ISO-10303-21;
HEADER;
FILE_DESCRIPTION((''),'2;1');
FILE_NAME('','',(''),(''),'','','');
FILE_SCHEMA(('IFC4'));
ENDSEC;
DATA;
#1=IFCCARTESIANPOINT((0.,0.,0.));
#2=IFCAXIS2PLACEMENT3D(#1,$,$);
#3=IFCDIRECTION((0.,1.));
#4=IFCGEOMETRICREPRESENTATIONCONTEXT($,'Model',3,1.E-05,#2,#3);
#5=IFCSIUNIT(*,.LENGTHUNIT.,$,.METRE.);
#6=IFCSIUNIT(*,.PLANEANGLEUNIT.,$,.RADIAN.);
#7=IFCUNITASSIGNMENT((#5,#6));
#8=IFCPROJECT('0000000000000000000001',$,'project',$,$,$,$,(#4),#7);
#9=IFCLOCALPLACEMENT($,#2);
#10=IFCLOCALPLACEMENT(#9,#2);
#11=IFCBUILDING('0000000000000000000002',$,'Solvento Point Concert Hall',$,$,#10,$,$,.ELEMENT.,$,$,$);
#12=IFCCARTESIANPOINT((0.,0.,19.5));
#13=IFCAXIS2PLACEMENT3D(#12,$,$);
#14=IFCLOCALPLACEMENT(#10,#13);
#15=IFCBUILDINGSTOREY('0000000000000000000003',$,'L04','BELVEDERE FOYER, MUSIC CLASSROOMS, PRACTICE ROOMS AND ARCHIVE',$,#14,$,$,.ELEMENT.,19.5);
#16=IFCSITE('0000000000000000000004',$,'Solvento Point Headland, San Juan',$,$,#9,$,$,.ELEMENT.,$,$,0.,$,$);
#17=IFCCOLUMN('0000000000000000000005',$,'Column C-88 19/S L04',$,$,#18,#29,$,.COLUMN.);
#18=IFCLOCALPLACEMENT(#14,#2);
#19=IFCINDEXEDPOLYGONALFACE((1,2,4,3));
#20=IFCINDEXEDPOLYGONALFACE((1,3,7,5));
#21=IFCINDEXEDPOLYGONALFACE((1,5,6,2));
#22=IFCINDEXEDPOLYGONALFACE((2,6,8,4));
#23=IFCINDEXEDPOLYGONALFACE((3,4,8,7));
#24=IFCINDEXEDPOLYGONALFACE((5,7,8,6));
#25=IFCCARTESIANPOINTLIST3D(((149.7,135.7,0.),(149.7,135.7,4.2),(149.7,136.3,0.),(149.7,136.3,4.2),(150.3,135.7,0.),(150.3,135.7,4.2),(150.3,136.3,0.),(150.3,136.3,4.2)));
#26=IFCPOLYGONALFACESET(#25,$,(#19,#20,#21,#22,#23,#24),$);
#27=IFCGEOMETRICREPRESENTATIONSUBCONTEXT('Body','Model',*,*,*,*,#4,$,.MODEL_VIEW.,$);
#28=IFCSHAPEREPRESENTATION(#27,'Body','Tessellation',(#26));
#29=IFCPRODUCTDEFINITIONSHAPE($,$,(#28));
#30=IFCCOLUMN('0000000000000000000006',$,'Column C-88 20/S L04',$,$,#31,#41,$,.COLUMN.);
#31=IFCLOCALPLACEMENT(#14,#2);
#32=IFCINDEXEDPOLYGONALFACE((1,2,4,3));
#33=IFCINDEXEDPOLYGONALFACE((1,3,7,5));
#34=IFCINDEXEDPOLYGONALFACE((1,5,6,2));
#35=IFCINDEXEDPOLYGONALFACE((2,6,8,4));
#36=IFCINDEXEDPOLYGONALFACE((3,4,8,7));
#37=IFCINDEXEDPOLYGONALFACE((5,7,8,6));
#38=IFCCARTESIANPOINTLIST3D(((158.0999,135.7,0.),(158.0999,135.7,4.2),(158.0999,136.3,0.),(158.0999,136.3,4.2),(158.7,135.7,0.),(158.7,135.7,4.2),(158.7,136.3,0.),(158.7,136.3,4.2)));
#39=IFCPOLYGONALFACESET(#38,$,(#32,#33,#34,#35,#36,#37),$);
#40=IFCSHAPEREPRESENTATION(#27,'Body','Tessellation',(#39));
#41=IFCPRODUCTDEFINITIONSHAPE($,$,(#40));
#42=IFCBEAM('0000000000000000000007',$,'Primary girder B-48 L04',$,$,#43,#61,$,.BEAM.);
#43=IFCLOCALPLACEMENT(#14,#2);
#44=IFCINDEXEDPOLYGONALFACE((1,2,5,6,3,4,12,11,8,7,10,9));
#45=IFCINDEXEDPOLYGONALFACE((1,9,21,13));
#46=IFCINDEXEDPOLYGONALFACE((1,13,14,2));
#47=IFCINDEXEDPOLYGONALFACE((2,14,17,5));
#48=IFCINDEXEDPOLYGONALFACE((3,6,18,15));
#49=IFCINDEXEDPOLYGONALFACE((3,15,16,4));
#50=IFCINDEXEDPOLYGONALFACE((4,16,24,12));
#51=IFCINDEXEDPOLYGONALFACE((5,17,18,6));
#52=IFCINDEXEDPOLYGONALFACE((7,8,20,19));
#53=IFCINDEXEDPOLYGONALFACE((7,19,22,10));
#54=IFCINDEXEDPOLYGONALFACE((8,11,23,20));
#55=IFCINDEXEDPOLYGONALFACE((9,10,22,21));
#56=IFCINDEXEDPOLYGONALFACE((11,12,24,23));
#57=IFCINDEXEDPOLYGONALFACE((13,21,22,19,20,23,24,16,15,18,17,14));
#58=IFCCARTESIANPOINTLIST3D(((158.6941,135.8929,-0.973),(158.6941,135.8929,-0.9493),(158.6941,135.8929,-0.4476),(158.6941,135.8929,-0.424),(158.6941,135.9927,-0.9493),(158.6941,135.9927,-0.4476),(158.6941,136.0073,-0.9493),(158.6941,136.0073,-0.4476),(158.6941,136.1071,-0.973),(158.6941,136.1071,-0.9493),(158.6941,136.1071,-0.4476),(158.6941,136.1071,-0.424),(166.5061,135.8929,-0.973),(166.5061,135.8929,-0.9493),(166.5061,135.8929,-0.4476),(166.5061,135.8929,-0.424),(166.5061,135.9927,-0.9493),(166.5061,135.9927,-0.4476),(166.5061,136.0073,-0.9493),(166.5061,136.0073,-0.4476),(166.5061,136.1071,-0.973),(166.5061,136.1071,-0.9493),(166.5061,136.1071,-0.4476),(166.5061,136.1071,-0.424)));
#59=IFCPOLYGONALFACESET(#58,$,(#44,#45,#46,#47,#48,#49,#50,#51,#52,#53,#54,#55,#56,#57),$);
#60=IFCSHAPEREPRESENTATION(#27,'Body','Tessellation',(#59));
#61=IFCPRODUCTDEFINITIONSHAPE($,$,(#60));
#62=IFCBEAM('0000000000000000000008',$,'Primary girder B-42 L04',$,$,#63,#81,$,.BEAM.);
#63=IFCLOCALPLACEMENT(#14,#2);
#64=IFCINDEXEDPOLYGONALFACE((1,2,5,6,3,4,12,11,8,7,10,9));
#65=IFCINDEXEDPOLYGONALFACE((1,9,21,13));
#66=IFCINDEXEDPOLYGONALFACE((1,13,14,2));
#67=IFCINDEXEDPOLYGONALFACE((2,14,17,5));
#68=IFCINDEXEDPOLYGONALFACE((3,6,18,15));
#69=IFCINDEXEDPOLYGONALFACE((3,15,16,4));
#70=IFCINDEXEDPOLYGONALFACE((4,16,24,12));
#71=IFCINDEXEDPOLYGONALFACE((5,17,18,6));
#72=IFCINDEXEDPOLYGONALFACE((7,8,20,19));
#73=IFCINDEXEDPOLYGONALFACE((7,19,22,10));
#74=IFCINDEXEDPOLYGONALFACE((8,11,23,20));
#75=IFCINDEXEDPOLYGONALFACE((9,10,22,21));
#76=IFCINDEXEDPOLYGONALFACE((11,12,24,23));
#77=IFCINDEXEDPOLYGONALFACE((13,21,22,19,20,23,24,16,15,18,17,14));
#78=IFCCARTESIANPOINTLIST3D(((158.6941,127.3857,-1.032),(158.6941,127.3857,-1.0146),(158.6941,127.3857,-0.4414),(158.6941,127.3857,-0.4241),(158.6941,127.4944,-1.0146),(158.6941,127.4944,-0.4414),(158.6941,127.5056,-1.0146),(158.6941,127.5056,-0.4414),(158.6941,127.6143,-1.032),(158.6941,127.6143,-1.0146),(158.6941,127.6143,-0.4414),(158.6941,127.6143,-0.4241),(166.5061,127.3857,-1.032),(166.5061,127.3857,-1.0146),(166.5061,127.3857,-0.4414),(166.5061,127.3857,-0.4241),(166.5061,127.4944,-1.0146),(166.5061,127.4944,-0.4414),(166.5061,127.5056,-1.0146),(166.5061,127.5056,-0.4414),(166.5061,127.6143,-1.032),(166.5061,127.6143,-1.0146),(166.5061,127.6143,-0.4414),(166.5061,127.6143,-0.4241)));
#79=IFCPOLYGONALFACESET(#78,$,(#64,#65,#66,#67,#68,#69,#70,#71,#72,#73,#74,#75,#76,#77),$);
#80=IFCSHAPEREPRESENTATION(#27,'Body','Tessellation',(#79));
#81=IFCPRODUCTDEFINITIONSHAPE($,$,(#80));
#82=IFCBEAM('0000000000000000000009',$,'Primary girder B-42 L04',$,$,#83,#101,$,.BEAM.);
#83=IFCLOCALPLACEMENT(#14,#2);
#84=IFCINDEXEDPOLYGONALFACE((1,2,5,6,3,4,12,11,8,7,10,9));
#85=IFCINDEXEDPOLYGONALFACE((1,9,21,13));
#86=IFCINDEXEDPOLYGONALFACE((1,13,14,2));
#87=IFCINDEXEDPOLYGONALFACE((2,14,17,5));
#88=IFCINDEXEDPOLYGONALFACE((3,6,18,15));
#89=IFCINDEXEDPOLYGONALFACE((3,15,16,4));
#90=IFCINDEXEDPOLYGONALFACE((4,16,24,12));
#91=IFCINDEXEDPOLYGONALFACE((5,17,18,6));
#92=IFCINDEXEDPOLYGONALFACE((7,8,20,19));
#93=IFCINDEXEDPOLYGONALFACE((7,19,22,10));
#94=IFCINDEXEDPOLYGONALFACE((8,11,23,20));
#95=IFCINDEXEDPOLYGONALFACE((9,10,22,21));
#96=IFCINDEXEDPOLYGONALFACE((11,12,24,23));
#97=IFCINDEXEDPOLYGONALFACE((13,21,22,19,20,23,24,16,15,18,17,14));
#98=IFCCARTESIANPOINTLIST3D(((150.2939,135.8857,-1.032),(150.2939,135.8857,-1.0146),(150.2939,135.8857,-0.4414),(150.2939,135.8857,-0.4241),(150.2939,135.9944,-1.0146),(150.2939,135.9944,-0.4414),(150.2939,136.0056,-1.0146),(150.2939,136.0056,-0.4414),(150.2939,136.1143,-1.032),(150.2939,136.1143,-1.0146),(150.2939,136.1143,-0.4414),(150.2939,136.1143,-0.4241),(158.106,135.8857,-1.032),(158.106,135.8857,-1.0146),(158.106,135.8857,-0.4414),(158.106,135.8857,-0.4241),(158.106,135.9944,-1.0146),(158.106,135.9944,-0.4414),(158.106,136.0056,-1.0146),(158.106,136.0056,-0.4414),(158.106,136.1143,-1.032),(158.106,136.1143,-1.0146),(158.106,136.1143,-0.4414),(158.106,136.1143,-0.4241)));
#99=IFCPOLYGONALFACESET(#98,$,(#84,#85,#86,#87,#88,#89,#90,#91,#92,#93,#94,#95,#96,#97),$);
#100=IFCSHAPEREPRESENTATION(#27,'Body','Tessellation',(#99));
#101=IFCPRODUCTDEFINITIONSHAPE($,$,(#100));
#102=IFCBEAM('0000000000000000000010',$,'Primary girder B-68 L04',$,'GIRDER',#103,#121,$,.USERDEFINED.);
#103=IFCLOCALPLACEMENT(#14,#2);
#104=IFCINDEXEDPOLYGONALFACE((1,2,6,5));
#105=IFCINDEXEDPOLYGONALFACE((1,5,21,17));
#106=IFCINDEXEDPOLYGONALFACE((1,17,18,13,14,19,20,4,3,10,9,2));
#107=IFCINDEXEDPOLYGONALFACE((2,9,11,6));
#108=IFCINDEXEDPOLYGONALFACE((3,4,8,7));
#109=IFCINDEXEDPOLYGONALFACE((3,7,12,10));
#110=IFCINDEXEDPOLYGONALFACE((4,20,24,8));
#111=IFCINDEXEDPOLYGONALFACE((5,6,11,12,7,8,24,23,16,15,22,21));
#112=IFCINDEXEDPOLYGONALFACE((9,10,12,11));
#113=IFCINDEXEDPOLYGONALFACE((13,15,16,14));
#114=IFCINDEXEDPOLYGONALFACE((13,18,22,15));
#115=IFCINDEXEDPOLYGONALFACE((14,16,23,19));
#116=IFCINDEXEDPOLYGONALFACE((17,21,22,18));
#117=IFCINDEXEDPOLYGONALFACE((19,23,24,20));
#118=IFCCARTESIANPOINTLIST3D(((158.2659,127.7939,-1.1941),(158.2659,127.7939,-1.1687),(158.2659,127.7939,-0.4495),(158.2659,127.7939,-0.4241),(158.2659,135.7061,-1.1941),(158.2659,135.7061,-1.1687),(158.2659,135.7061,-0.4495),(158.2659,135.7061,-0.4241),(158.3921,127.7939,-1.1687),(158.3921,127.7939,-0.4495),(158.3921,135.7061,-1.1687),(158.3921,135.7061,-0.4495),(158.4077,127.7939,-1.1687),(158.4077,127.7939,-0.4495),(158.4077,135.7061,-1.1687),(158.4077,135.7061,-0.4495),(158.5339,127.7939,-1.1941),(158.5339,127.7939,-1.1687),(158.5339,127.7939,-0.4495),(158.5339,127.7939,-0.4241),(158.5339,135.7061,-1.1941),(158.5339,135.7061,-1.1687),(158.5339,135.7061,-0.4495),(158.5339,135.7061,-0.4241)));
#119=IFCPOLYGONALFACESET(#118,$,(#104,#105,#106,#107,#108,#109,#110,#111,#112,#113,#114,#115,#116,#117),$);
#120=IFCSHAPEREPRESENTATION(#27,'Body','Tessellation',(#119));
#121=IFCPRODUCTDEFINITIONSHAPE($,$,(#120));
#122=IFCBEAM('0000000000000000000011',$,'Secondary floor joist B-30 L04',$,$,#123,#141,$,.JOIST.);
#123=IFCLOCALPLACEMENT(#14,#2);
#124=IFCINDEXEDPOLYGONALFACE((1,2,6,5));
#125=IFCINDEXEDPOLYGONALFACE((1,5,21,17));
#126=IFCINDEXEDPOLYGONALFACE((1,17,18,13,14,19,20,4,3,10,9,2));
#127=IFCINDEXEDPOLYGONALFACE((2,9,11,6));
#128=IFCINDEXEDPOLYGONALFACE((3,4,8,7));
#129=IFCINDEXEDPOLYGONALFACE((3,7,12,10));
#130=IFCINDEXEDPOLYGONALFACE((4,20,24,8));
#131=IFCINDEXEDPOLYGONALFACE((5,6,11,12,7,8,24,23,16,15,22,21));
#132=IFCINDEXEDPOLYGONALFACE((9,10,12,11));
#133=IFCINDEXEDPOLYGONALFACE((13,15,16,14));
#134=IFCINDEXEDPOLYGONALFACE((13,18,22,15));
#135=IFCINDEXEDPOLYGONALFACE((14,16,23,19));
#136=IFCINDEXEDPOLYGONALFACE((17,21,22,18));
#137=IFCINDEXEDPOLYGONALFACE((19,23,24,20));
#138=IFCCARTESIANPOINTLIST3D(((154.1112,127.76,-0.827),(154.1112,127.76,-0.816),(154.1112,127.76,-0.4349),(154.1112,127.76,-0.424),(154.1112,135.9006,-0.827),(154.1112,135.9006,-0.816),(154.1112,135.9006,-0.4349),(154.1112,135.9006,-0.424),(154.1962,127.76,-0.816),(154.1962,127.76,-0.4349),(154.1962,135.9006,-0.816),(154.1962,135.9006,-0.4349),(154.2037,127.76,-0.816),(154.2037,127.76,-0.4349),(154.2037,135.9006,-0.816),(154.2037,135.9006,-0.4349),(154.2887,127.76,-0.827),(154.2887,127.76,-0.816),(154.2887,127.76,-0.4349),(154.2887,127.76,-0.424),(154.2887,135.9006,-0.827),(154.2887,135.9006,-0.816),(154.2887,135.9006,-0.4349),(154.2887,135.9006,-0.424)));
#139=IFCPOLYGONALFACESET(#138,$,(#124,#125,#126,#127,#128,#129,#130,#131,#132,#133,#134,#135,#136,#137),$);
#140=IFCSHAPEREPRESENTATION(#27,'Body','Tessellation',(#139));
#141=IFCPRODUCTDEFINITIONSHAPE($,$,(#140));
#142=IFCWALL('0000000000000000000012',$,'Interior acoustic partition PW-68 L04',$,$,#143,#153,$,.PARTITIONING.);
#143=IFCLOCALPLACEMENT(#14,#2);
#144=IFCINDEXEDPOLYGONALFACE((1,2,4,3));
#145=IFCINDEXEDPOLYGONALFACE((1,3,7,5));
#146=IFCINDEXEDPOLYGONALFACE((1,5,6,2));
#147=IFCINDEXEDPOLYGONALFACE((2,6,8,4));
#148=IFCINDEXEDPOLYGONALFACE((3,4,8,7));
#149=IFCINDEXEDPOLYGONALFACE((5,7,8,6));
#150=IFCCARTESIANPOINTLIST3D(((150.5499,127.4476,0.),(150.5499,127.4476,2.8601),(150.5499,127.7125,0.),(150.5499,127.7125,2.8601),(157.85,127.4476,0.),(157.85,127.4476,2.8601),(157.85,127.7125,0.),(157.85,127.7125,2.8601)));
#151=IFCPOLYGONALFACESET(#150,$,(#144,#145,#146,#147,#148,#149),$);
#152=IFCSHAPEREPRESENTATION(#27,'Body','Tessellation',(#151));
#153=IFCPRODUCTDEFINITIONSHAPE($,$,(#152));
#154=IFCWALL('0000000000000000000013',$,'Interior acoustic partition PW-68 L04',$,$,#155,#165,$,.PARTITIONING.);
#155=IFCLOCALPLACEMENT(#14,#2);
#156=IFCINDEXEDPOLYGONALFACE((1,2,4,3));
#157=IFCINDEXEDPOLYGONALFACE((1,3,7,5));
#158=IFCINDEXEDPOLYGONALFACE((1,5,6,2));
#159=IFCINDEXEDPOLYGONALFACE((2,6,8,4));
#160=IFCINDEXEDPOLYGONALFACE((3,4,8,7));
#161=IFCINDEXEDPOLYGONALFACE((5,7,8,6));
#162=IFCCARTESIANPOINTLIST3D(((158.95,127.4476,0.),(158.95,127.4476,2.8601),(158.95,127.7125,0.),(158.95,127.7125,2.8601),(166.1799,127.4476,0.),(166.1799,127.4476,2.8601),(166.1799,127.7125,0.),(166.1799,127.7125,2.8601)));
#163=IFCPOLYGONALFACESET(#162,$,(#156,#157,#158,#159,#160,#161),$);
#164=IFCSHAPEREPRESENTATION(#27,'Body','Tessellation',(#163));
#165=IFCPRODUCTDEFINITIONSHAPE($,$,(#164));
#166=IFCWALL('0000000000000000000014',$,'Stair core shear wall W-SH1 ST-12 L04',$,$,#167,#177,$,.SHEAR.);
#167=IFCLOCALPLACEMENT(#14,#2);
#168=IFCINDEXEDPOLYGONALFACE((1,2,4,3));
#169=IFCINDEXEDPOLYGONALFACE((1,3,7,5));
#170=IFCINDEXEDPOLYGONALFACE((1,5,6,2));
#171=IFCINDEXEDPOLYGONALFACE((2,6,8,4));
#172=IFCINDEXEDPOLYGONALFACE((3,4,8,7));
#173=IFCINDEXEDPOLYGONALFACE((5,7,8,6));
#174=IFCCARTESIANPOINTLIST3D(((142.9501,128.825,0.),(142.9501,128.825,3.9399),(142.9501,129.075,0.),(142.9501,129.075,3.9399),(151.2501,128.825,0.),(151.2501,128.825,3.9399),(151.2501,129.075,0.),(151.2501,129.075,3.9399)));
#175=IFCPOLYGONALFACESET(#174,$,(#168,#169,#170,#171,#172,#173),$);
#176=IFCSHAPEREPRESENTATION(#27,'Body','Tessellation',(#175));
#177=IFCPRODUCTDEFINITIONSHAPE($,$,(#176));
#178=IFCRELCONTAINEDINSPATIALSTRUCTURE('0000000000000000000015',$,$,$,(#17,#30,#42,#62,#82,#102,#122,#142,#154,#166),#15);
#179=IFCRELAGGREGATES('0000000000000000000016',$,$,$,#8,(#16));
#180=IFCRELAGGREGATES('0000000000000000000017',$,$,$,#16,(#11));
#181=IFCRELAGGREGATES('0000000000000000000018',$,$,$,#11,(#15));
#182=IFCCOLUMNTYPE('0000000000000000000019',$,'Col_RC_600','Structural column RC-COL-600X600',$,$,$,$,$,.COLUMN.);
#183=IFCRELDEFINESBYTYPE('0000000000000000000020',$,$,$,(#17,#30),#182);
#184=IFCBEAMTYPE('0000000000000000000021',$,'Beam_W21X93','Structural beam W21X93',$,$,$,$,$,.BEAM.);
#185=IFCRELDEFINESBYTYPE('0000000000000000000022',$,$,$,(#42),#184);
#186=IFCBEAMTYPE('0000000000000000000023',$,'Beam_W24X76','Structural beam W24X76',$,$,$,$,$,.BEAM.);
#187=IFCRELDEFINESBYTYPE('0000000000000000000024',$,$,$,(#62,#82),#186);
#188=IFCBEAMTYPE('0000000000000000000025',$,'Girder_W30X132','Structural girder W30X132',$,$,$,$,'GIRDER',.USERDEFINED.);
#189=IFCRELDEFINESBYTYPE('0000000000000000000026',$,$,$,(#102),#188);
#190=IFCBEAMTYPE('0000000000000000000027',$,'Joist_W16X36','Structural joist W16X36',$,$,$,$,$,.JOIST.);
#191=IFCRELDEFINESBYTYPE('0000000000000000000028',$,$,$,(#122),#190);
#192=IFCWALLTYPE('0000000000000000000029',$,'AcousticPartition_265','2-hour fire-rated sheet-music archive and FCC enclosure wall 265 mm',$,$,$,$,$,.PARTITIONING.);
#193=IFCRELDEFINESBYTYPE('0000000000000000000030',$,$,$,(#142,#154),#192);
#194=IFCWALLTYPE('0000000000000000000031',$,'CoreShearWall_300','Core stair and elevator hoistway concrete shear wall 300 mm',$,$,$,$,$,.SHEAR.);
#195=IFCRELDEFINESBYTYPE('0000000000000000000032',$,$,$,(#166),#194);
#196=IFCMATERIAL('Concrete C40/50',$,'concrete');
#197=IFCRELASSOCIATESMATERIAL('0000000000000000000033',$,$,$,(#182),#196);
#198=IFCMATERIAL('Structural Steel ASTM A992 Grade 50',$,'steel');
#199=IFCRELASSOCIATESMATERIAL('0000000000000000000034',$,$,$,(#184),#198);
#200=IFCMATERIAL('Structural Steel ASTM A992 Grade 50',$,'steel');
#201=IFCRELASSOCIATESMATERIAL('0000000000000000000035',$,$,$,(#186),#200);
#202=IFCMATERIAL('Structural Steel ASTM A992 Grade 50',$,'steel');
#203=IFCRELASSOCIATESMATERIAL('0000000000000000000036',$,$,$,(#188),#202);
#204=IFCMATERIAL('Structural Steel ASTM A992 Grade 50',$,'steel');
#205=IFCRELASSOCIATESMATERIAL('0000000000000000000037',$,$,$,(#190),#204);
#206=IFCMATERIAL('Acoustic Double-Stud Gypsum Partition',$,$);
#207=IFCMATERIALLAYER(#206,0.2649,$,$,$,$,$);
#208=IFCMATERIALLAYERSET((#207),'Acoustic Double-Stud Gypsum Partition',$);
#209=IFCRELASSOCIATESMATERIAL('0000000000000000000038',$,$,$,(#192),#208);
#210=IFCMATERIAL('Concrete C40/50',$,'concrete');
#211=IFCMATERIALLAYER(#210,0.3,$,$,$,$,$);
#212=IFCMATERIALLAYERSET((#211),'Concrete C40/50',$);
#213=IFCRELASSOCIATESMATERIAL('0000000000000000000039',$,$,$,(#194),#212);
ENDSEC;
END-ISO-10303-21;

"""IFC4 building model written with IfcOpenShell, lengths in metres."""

from ifc_helpers import new_model, si_unit, direction, frame, frame_2d, origin, origin_2d, place, context, subcontext, project, spatial, rectangle, i_section, extrude, material, layer, layer_set, material_profile, profile_set, type_object, element, save


model = new_model("IFC4")

# Units and contexts
model_context = context("Model", 3, precision=1e-05, world=origin(), true_north=direction((0.0, 1.0)))
body_context = subcontext(model_context, "Body", "Model", "MODEL_VIEW")
ifc_project = project(units=[si_unit("LENGTHUNIT", "METRE"), si_unit("PLANEANGLEUNIT", "RADIAN")], contexts=[model_context])

# Site, building, storey
site_placement = place(None, origin())
site = spatial("IfcSite", under=ifc_project, at=site_placement, Name="Solvento Point Headland, San Juan", CompositionType="ELEMENT", RefElevation=0.0)
building_placement = place(site_placement, origin())
building = spatial("IfcBuilding", under=site, at=building_placement, Name="Solvento Point Concert Hall", CompositionType="ELEMENT")
storey_placement = place(building_placement, frame((0.0, 0.0, 19.5)))
storey = spatial("IfcBuildingStorey", under=building, at=storey_placement, Name="L04", Description="BELVEDERE FOYER, MUSIC CLASSROOMS, PRACTICE ROOMS AND ARCHIVE", CompositionType="ELEMENT", Elevation=19.5)

# Columns
ifc_material_1 = material(Name="Concrete C40/50", Category="concrete")
ifc_material_profile_1 = material_profile(ifc_material_1, rectangle(XDim=0.6001, YDim=0.6001, at=origin_2d()), Name="RC-COL-600X600")
ifc_profile_set_1 = profile_set([ifc_material_profile_1], Name="Concrete C40/50")
column_type = type_object("IfcColumnType", Name="Col_RC_600", Description="Structural column RC-COL-600X600", PredefinedType="COLUMN", material=ifc_profile_set_1)
for number, where, z_axis, x_axis, name in (
    (1, (150.0, 136.0, 0.0), (0.0, 0.0, 1.0), (1.0, 0.0, 0.0), "Column C-88 19/S L04"),
    (2, (158.3999, 136.0, 0.0), (0.0, 0.0, 1.0), (1.0, 0.0, 0.0), "Column C-88 20/S L04"),
):
    element("IfcColumn", number, at=place(storey_placement, frame(where, z_axis=z_axis, x_axis=x_axis)), inside=storey, type_object=column_type, Name=name, PredefinedType="COLUMN", context=body_context, shape_type="SweptSolid", body=[
        extrude(rectangle(XDim=0.6001, YDim=0.6001, at=origin_2d()), origin(), (0.0, 0.0, 1.0), 4.2),
    ])

# Beams
ifc_material_2 = material(Name="Structural Steel ASTM A992 Grade 50", Category="steel")
ifc_material_profile_2 = material_profile(ifc_material_2, i_section(OverallWidth=0.2141, OverallDepth=0.5491, WebThickness=0.0146, FlangeThickness=0.0237, at=origin_2d()), Name="W21X93")
ifc_profile_set_2 = profile_set([ifc_material_profile_2], Name="Structural Steel ASTM A992 Grade 50")
beam_type_1 = type_object("IfcBeamType", Name="Beam_W21X93", Description="Structural beam W21X93", PredefinedType="BEAM", material=ifc_profile_set_2)
beam_1_placement = place(storey_placement, frame((158.6941, 136.0, -0.6985), z_axis=(1.0, 0.0, 0.0), x_axis=(0.0, 1.0, 0.0)))
element("IfcBeam", 3, at=beam_1_placement, inside=storey, type_object=beam_type_1, Name="Primary girder B-48 L04", PredefinedType="BEAM", context=body_context, shape_type="SweptSolid", body=[
    extrude(i_section(OverallWidth=0.2141, OverallDepth=0.5491, WebThickness=0.0146, FlangeThickness=0.0237, at=origin_2d()), origin(), (0.0, 0.0, 1.0), 7.812),
])
ifc_material_3 = material(Name="Structural Steel ASTM A992 Grade 50", Category="steel")
ifc_material_profile_3 = material_profile(ifc_material_3, i_section(OverallWidth=0.2285, OverallDepth=0.6079, WebThickness=0.0112, FlangeThickness=0.0173, at=origin_2d()), Name="W24X76")
ifc_profile_set_3 = profile_set([ifc_material_profile_3], Name="Structural Steel ASTM A992 Grade 50")
beam_type_2 = type_object("IfcBeamType", Name="Beam_W24X76", Description="Structural beam W24X76", PredefinedType="BEAM", material=ifc_profile_set_3)
for number, where, z_axis, x_axis, name in (
    (4, (158.6941, 127.5, -0.728), (1.0, 0.0, 0.0), (0.0, 1.0, 0.0), "Primary girder B-42 L04"),
    (5, (150.2939, 136.0, -0.728), (1.0, 0.0, 0.0), (0.0, 1.0, 0.0), "Primary girder B-42 L04"),
):
    element("IfcBeam", number, at=place(storey_placement, frame(where, z_axis=z_axis, x_axis=x_axis)), inside=storey, type_object=beam_type_2, Name=name, PredefinedType="BEAM", context=body_context, shape_type="SweptSolid", body=[
        extrude(i_section(OverallWidth=0.2285, OverallDepth=0.6079, WebThickness=0.0112, FlangeThickness=0.0173, at=origin_2d()), origin(), (0.0, 0.0, 1.0), 7.812),
    ])
ifc_material_4 = material(Name="Structural Steel ASTM A992 Grade 50", Category="steel")
ifc_material_profile_4 = material_profile(ifc_material_4, i_section(OverallWidth=0.2681, OverallDepth=0.77, WebThickness=0.0156, FlangeThickness=0.0254, at=origin_2d()), Name="W30X132")
ifc_profile_set_4 = profile_set([ifc_material_profile_4], Name="Structural Steel ASTM A992 Grade 50")
beam_type_3 = type_object("IfcBeamType", Name="Girder_W30X132", Description="Structural girder W30X132", ElementType="GIRDER", PredefinedType="USERDEFINED", material=ifc_profile_set_4)
beam_2_placement = place(storey_placement, frame((158.3999, 127.7939, -0.8091), z_axis=(0.0, 1.0, 0.0), x_axis=(-1.0, 0.0, 0.0)))
element("IfcBeam", 6, at=beam_2_placement, inside=storey, type_object=beam_type_3, Name="Primary girder B-68 L04", ObjectType="GIRDER", PredefinedType="USERDEFINED", context=body_context, shape_type="SweptSolid", body=[
    extrude(i_section(OverallWidth=0.2681, OverallDepth=0.77, WebThickness=0.0156, FlangeThickness=0.0254, at=origin_2d()), origin(), (0.0, 0.0, 1.0), 7.9121),
])
ifc_material_5 = material(Name="Structural Steel ASTM A992 Grade 50", Category="steel")
ifc_material_profile_5 = material_profile(ifc_material_5, i_section(OverallWidth=0.1775, OverallDepth=0.4031, WebThickness=0.0076, FlangeThickness=0.011, at=origin_2d()), Name="W16X36")
ifc_profile_set_5 = profile_set([ifc_material_profile_5], Name="Structural Steel ASTM A992 Grade 50")
beam_type_4 = type_object("IfcBeamType", Name="Joist_W16X36", Description="Structural joist W16X36", PredefinedType="JOIST", material=ifc_profile_set_5)
beam_3_placement = place(storey_placement, frame((154.2, 127.76, -0.6255), z_axis=(0.0, 1.0, 0.0), x_axis=(-1.0, 0.0, 0.0)))
element("IfcBeam", 7, at=beam_3_placement, inside=storey, type_object=beam_type_4, Name="Secondary floor joist B-30 L04", PredefinedType="JOIST", context=body_context, shape_type="SweptSolid", body=[
    extrude(i_section(OverallWidth=0.1775, OverallDepth=0.4031, WebThickness=0.0076, FlangeThickness=0.011, at=origin_2d()), origin(), (0.0, 0.0, 1.0), 8.1406),
])

# Walls
ifc_material_6 = material(Name="Acoustic Double-Stud Gypsum Partition")
ifc_layer_1 = layer(ifc_material_6, 0.2649)
ifc_layer_set_1 = layer_set([ifc_layer_1], Name="Acoustic Double-Stud Gypsum Partition")
wall_type_1 = type_object("IfcWallType", Name="AcousticPartition_265", Description="2-hour fire-rated sheet-music archive and FCC enclosure wall 265 mm", PredefinedType="PARTITIONING", material=ifc_layer_set_1)
wall_1_placement = place(storey_placement, frame((150.55, 127.5801, 0.0), z_axis=(0.0, 0.0, 1.0), x_axis=(1.0, 0.0, 0.0)))
element("IfcWall", 8, at=wall_1_placement, inside=storey, type_object=wall_type_1, Name="Interior acoustic partition PW-68 L04", PredefinedType="PARTITIONING", context=body_context, shape_type="SweptSolid", body=[
    extrude(rectangle(XDim=7.3, YDim=0.2649, at=frame_2d((3.6499, 0.0))), origin(), (0.0, 0.0, 1.0), 2.8601),
])
wall_2_placement = place(storey_placement, frame((158.95, 127.5801, 0.0), z_axis=(0.0, 0.0, 1.0), x_axis=(1.0, 0.0, 0.0)))
element("IfcWall", 9, at=wall_2_placement, inside=storey, type_object=wall_type_1, Name="Interior acoustic partition PW-68 L04", PredefinedType="PARTITIONING", context=body_context, shape_type="SweptSolid", body=[
    extrude(rectangle(XDim=7.23, YDim=0.2649, at=frame_2d((3.615, 0.0))), origin(), (0.0, 0.0, 1.0), 2.8601),
])
ifc_material_7 = material(Name="Concrete C40/50", Category="concrete")
ifc_layer_2 = layer(ifc_material_7, 0.3)
ifc_layer_set_2 = layer_set([ifc_layer_2], Name="Concrete C40/50")
wall_type_2 = type_object("IfcWallType", Name="CoreShearWall_300", Description="Core stair and elevator hoistway concrete shear wall 300 mm", PredefinedType="SHEAR", material=ifc_layer_set_2)
wall_3_placement = place(storey_placement, frame((151.25, 128.95, 0.0), z_axis=(0.0, 0.0, 1.0), x_axis=(-1.0, 0.0, 0.0)))
element("IfcWall", 10, at=wall_3_placement, inside=storey, type_object=wall_type_2, Name="Stair core shear wall W-SH1 ST-12 L04", PredefinedType="SHEAR", context=body_context, shape_type="SweptSolid", body=[
    extrude(rectangle(XDim=8.3, YDim=0.25, at=frame_2d((4.1499, 0.0))), origin(), (0.0, 0.0, 1.0), 3.9399),
])

save(model, "model.ifc")
